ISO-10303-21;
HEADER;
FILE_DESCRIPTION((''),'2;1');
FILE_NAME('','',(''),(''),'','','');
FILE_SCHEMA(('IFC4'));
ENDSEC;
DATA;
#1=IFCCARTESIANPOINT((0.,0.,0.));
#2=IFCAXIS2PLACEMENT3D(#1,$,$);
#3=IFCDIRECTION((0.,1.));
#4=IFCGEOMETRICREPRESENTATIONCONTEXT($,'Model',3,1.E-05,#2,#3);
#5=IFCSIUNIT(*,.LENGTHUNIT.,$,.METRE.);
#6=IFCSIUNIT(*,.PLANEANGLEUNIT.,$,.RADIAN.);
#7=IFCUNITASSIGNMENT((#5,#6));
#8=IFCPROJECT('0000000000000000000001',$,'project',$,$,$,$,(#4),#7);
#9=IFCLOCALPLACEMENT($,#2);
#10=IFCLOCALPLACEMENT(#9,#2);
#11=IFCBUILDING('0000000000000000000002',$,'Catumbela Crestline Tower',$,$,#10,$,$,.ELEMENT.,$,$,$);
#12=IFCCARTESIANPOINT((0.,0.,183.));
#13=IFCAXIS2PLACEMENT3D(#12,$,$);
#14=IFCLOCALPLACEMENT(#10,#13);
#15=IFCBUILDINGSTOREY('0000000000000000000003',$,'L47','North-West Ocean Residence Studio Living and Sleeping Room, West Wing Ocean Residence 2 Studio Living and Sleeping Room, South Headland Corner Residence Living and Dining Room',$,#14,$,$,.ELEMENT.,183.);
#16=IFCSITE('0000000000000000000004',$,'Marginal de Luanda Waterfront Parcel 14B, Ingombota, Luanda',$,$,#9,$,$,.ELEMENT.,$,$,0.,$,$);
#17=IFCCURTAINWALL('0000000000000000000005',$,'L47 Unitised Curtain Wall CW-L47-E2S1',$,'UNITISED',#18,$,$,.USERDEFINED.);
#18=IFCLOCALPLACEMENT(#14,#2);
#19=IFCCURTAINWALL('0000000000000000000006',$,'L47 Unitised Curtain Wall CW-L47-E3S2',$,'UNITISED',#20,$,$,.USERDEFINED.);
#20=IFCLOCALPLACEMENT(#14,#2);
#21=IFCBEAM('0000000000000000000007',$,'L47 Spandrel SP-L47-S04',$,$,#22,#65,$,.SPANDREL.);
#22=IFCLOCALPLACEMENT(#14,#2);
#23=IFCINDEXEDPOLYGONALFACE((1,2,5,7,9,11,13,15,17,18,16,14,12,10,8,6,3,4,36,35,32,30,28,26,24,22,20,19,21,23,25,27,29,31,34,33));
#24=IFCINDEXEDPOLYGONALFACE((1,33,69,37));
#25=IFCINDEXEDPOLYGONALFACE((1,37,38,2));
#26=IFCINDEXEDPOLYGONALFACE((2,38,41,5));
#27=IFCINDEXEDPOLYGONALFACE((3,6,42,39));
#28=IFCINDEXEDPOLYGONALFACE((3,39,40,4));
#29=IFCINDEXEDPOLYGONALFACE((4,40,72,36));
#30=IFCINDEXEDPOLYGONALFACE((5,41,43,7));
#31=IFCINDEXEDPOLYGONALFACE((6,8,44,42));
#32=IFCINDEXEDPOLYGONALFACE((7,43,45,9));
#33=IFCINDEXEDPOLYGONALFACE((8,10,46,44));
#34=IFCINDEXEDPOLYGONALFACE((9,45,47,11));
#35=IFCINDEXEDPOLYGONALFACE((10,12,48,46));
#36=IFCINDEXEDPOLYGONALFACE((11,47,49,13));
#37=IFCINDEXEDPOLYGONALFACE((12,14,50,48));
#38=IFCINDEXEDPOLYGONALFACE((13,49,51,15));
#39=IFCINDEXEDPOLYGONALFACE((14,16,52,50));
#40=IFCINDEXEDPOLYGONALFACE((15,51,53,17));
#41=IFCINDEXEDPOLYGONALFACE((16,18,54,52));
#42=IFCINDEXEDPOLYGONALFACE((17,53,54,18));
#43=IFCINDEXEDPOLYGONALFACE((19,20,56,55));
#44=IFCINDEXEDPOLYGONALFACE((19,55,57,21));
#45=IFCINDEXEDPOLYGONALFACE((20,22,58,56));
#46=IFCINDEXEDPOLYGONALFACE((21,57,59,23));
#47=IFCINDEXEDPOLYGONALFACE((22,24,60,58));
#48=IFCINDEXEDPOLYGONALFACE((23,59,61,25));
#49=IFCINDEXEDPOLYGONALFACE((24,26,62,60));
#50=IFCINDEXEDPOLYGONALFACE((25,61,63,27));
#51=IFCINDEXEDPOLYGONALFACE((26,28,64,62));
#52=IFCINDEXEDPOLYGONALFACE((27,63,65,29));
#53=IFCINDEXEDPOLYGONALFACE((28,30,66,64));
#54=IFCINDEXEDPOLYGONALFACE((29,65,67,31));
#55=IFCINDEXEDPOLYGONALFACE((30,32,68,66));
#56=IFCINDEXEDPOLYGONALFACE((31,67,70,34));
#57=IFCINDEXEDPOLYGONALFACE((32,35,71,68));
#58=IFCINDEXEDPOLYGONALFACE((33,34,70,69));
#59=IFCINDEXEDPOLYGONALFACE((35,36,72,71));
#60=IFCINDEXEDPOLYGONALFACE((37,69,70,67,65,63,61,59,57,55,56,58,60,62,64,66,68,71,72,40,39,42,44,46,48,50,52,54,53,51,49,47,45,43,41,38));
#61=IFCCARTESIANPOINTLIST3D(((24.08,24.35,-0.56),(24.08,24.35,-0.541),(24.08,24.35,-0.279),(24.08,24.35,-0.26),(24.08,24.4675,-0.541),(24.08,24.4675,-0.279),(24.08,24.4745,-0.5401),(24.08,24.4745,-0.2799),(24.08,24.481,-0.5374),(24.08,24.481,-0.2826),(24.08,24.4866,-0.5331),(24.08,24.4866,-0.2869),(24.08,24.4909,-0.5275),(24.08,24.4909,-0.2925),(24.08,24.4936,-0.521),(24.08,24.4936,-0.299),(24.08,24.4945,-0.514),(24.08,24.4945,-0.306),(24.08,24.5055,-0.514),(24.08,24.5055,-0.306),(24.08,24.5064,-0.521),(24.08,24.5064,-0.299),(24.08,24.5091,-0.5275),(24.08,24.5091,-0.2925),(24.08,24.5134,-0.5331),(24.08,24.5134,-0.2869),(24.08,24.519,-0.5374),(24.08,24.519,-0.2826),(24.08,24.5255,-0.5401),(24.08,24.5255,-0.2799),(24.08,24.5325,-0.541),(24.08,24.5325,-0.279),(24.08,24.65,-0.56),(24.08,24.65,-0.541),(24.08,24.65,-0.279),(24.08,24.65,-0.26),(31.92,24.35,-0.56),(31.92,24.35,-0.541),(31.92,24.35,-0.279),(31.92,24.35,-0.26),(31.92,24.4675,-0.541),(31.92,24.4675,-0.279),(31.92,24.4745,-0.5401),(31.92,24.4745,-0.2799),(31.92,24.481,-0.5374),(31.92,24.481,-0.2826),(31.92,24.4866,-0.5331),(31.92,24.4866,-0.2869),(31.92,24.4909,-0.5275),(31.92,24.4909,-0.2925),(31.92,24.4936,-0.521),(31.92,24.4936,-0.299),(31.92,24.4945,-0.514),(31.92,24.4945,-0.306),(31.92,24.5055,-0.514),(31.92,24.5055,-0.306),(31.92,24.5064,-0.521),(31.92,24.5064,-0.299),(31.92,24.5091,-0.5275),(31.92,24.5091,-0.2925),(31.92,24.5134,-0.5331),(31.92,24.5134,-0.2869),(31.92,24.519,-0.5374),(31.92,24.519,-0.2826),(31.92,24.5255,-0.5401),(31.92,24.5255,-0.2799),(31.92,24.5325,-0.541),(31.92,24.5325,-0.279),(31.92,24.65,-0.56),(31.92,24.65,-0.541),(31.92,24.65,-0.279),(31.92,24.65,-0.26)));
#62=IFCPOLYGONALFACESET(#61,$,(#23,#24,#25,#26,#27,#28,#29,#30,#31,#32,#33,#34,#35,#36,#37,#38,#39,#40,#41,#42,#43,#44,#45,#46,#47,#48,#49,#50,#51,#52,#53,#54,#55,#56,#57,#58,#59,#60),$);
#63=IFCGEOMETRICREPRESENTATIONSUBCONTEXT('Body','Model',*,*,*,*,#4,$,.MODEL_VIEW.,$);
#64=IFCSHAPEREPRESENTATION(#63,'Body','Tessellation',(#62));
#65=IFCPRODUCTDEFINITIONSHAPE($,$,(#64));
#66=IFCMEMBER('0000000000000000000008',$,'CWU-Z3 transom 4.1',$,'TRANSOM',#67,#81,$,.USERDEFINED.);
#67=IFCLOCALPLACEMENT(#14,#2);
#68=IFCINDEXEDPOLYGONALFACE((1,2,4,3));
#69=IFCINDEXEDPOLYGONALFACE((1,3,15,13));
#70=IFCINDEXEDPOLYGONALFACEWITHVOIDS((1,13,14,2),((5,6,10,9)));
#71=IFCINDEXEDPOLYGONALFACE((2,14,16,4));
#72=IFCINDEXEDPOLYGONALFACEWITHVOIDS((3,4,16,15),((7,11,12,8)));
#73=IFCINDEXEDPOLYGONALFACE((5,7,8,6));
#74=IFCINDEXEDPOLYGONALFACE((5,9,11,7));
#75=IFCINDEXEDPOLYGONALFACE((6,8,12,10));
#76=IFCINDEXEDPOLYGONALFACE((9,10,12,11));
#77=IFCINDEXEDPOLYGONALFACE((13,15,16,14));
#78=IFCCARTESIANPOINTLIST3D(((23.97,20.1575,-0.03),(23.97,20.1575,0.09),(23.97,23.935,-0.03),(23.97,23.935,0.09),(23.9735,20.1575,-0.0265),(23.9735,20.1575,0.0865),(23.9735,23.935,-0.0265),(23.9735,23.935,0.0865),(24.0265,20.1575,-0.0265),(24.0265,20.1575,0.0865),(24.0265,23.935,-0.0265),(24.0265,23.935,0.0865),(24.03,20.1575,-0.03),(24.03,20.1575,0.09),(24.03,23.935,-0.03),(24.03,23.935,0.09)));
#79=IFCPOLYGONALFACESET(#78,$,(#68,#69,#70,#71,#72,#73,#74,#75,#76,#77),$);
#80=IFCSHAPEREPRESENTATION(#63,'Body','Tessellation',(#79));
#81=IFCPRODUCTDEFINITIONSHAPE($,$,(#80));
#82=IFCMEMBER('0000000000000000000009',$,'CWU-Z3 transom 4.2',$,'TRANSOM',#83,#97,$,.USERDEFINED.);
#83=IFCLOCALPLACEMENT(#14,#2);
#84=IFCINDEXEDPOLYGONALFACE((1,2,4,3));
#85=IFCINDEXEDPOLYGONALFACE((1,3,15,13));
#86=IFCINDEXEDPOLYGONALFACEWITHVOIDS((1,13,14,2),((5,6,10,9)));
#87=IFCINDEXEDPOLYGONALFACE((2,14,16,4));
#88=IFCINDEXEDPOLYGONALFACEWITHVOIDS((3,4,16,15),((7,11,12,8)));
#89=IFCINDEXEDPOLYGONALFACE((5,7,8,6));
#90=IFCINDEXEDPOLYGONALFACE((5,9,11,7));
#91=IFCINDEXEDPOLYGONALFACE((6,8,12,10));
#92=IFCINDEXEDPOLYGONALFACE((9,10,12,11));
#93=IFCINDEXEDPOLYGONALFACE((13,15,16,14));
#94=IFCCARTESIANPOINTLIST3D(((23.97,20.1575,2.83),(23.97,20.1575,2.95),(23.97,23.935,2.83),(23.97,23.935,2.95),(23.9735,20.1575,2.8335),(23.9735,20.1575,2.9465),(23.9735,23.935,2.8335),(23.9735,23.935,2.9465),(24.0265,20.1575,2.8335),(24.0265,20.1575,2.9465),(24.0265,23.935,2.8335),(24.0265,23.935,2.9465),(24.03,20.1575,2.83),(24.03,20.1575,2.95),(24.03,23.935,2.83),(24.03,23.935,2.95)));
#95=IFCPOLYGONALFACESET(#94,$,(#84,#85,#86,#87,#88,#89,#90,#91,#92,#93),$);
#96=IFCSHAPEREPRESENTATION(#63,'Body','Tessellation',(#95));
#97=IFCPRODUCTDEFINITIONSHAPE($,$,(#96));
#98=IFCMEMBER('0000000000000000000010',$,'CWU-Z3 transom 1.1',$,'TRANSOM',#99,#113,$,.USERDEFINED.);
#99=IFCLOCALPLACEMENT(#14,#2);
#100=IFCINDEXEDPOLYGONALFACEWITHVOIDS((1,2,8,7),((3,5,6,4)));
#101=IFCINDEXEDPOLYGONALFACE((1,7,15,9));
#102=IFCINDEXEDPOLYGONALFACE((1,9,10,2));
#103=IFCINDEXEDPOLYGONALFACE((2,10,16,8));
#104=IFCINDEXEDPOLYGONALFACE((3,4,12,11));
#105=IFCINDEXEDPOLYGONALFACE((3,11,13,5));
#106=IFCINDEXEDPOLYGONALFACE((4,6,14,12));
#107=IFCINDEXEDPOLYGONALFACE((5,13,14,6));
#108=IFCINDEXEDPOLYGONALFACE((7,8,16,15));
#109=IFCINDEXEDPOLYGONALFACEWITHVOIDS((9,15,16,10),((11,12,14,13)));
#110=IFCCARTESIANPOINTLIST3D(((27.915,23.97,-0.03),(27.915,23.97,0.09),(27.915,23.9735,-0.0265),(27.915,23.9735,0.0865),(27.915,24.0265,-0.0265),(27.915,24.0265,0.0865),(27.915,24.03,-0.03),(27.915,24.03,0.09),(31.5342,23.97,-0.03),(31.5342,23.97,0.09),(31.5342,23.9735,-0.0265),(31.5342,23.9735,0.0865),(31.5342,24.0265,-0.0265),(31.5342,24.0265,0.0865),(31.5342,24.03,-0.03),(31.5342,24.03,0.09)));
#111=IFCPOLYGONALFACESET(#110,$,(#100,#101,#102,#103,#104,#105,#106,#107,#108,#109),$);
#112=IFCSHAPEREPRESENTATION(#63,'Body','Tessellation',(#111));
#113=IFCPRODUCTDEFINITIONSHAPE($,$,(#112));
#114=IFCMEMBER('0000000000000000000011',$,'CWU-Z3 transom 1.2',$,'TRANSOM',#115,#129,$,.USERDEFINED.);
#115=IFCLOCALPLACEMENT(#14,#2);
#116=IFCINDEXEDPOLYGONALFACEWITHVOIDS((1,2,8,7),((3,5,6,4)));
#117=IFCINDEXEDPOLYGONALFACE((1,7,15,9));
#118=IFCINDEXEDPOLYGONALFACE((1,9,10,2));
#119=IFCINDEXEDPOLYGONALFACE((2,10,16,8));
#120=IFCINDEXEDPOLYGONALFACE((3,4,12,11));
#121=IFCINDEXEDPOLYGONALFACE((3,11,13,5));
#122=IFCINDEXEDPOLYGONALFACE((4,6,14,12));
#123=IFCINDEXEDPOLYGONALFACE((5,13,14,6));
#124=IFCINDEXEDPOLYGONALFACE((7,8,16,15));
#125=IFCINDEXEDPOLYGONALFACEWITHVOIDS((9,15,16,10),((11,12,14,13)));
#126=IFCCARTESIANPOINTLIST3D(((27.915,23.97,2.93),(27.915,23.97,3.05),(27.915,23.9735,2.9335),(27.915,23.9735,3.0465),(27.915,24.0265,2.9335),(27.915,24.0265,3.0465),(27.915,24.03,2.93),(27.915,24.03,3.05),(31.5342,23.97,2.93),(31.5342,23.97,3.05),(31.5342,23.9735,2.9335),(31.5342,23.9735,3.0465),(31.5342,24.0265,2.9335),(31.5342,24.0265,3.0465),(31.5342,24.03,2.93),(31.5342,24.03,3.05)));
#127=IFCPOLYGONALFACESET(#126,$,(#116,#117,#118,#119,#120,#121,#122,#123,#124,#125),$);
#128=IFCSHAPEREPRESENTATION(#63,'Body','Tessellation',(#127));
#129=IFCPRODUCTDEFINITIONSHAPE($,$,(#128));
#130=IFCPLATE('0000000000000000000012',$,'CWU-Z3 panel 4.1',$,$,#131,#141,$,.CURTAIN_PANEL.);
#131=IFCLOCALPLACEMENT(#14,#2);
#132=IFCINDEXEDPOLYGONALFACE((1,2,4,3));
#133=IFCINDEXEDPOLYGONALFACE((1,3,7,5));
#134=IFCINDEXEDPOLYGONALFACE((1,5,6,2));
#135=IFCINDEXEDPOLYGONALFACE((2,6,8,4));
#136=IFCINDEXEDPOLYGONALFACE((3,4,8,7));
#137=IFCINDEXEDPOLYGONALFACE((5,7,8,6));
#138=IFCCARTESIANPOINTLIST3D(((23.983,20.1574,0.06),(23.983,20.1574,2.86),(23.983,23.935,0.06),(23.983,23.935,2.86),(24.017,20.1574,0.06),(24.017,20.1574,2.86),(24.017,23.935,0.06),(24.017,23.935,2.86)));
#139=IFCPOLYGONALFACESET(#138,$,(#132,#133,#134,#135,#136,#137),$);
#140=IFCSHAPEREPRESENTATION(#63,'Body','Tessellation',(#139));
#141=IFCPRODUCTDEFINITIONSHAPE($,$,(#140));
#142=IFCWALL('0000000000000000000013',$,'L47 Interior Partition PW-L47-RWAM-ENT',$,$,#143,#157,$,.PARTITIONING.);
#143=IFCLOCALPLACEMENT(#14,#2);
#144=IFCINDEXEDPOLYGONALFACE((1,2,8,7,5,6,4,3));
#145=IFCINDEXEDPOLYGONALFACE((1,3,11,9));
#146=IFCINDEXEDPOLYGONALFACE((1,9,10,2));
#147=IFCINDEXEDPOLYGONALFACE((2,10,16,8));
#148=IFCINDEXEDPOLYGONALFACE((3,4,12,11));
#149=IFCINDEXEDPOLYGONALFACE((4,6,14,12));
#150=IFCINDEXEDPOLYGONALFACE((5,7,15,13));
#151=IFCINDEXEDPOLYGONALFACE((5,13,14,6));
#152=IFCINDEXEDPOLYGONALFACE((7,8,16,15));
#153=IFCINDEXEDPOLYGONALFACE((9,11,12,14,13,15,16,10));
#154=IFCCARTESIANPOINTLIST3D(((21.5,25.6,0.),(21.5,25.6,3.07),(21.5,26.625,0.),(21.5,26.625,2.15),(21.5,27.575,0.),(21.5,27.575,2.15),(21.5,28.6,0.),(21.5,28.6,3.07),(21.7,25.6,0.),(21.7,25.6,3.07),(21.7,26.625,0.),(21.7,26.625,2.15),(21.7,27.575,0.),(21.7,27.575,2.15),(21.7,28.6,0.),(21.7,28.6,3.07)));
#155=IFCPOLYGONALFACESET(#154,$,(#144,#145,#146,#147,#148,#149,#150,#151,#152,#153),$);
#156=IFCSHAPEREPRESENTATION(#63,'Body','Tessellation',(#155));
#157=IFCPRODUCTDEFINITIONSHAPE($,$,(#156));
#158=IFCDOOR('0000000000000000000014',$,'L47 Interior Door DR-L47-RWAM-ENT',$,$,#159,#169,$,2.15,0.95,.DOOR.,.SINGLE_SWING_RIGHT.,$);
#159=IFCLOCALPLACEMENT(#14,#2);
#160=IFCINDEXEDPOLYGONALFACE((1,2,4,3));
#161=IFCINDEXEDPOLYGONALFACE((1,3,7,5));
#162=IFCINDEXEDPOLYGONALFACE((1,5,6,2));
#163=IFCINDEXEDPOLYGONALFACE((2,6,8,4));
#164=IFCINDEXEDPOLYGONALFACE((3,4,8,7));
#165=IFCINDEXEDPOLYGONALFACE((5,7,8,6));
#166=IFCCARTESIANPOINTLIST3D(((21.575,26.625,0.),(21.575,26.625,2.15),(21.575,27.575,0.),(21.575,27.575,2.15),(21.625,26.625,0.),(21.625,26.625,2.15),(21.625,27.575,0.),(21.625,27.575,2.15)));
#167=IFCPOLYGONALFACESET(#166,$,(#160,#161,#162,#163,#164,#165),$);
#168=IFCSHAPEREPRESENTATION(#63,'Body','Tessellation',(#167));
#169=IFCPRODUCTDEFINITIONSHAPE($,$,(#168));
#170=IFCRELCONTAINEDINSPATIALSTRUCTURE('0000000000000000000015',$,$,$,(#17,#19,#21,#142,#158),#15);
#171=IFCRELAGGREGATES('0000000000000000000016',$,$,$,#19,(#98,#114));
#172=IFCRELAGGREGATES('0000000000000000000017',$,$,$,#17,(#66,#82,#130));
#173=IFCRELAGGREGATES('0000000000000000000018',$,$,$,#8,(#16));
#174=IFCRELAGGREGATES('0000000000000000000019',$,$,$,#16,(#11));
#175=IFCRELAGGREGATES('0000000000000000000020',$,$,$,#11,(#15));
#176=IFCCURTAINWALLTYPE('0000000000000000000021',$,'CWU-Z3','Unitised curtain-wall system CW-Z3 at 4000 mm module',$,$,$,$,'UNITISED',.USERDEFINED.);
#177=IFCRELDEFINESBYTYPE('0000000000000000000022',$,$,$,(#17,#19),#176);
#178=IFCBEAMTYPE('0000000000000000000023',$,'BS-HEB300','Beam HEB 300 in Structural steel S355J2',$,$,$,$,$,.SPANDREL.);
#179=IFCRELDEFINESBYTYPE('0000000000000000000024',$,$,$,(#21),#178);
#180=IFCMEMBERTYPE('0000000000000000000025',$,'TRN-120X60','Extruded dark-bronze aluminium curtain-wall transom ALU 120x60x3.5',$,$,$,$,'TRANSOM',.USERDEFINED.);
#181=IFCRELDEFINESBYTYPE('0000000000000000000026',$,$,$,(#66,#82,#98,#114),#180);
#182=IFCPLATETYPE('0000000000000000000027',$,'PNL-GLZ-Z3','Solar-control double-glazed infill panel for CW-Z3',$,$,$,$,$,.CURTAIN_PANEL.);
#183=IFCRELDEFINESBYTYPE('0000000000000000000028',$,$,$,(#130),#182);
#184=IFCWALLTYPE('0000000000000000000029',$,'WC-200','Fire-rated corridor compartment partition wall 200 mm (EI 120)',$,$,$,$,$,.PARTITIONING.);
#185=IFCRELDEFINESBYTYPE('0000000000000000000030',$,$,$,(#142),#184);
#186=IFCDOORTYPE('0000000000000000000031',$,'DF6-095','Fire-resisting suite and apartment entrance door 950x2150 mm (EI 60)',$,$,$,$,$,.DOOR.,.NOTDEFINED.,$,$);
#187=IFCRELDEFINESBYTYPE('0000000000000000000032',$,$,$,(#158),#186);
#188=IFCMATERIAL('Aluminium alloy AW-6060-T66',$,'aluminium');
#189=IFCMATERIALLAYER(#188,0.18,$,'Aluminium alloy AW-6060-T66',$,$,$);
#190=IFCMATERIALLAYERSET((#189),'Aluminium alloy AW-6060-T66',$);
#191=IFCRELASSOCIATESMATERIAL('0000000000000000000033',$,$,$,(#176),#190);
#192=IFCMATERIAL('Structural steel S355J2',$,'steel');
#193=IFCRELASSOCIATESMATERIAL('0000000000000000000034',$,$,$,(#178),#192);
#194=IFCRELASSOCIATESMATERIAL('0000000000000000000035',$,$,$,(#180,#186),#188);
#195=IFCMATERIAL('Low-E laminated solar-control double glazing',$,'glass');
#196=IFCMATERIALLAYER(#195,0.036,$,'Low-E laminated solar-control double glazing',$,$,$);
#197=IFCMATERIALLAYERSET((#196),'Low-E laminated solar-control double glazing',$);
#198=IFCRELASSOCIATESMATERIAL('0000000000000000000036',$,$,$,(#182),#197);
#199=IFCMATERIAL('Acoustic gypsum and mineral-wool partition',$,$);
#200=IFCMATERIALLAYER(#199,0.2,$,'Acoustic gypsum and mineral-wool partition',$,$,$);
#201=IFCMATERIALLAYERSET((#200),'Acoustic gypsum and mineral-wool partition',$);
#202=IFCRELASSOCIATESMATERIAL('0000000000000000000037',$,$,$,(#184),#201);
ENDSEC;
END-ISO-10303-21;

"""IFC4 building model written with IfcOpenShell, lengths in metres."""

from ifc_helpers import new_model, si_unit, direction, frame, frame_2d, origin, origin_2d, place, context, subcontext, project, spatial, rectangle, hollow_rectangle, i_section, extrude, material, layer, layer_set, material_profile, profile_set, type_object, element, fill, aggregate, save


model = new_model("IFC4")

# Units and contexts
model_context = context("Model", 3, precision=1e-05, world=origin(), true_north=direction((0.0, 1.0)))
body_context = subcontext(model_context, "Body", "Model", "MODEL_VIEW")
ifc_project = project(units=[si_unit("LENGTHUNIT", "METRE"), si_unit("PLANEANGLEUNIT", "RADIAN")], contexts=[model_context])

# Site, building, storey
site_placement = place(None, origin())
site = spatial("IfcSite", under=ifc_project, at=site_placement, Name="Marginal de Luanda Waterfront Parcel 14B, Ingombota, Luanda", CompositionType="ELEMENT", RefElevation=0.0)
building_placement = place(site_placement, origin())
building = spatial("IfcBuilding", under=site, at=building_placement, Name="Catumbela Crestline Tower", CompositionType="ELEMENT")
storey_placement = place(building_placement, frame((0.0, 0.0, 183.0)))
storey = spatial("IfcBuildingStorey", under=building, at=storey_placement, Name="L47", Description="North-West Ocean Residence Studio Living and Sleeping Room, West Wing Ocean Residence 2 Studio Living and Sleeping Room, South Headland Corner Residence Living and Dining Room", CompositionType="ELEMENT", Elevation=183.0)

# Shared definitions
ifc_material_1 = material(Name="Structural steel S355J2", Category="steel")

# Curtain walls
ifc_material_2 = material(Name="Aluminium alloy AW-6060-T66", Category="aluminium")
ifc_layer_1 = layer(ifc_material_2, 0.18, Name="Aluminium alloy AW-6060-T66")
ifc_layer_set_1 = layer_set([ifc_layer_1], Name="Aluminium alloy AW-6060-T66")
curtain_wall_type = type_object("IfcCurtainWallType", Name="CWU-Z3", Description="Unitised curtain-wall system CW-Z3 at 4000 mm module", ElementType="UNITISED", PredefinedType="USERDEFINED", material=ifc_layer_set_1)
curtain_wall_1_placement = place(storey_placement, origin())
curtain_wall_1 = element("IfcCurtainWall", 1, at=curtain_wall_1_placement, inside=storey, type_object=curtain_wall_type, Name="L47 Unitised Curtain Wall CW-L47-E2S1", ObjectType="UNITISED", PredefinedType="USERDEFINED")
curtain_wall_2_placement = place(storey_placement, origin())
curtain_wall_2 = element("IfcCurtainWall", 2, at=curtain_wall_2_placement, inside=storey, type_object=curtain_wall_type, Name="L47 Unitised Curtain Wall CW-L47-E3S2", ObjectType="UNITISED", PredefinedType="USERDEFINED")

# Beam
ifc_material_profile_1 = material_profile(ifc_material_1, i_section(OverallWidth=0.3, OverallDepth=0.3, WebThickness=0.011, FlangeThickness=0.019, FilletRadius=0.027, at=origin_2d()), Name="HEB 300")
ifc_profile_set_1 = profile_set([ifc_material_profile_1], Name="Structural steel S355J2")
beam_type_1 = type_object("IfcBeamType", Name="BS-HEB300", Description="Beam HEB 300 in Structural steel S355J2", PredefinedType="SPANDREL", material=ifc_profile_set_1)
beam_1_placement = place(storey_placement, frame((24.08, 24.5, -0.41), z_axis=(1.0, 0.0, 0.0), x_axis=(0.0, 1.0, 0.0)))
element("IfcBeam", 3, at=beam_1_placement, inside=storey, type_object=beam_type_1, Name="L47 Spandrel SP-L47-S04", PredefinedType="SPANDREL", context=body_context, shape_type="SweptSolid", body=[
    extrude(i_section(OverallWidth=0.3, OverallDepth=0.3, WebThickness=0.011, FlangeThickness=0.019, FilletRadius=0.027, at=origin_2d()), origin(), (0.0, 0.0, 1.0), 7.84),
])

# Members
ifc_material_profile_2 = material_profile(ifc_material_2, hollow_rectangle(XDim=0.06, YDim=0.12, WallThickness=0.0035, at=origin_2d()), Name="ALU 120x60x3.5")
ifc_profile_set_2 = profile_set([ifc_material_profile_2], Name="Aluminium alloy AW-6060-T66")
member_type_1 = type_object("IfcMemberType", Name="TRN-120X60", Description="Extruded dark-bronze aluminium curtain-wall transom ALU 120x60x3.5", ElementType="TRANSOM", PredefinedType="USERDEFINED", material=ifc_profile_set_2)
member_1_placement = place(storey_placement, frame((24.0, 20.1575, 0.03), z_axis=(0.0, 1.0, 0.0), x_axis=(-1.0, 0.0, 0.0)))
member_1 = element("IfcMember", 4, at=member_1_placement, type_object=member_type_1, Name="CWU-Z3 transom 4.1", ObjectType="TRANSOM", PredefinedType="USERDEFINED", context=body_context, shape_type="SweptSolid", body=[
    extrude(hollow_rectangle(XDim=0.06, YDim=0.12, WallThickness=0.0035, at=origin_2d()), origin(), (0.0, 0.0, 1.0), 3.7775),
])
member_2_placement = place(storey_placement, frame((24.0, 20.1575, 2.89), z_axis=(0.0, 1.0, 0.0), x_axis=(-1.0, 0.0, 0.0)))
member_2 = element("IfcMember", 5, at=member_2_placement, type_object=member_type_1, Name="CWU-Z3 transom 4.2", ObjectType="TRANSOM", PredefinedType="USERDEFINED", context=body_context, shape_type="SweptSolid", body=[
    extrude(hollow_rectangle(XDim=0.06, YDim=0.12, WallThickness=0.0035, at=origin_2d()), origin(), (0.0, 0.0, 1.0), 3.7775),
])
member_3_placement = place(storey_placement, frame((27.915, 24.0, 0.03), z_axis=(1.0, 0.0, 0.0), x_axis=(0.0, 1.0, 0.0)))
member_3 = element("IfcMember", 6, at=member_3_placement, type_object=member_type_1, Name="CWU-Z3 transom 1.1", ObjectType="TRANSOM", PredefinedType="USERDEFINED", context=body_context, shape_type="SweptSolid", body=[
    extrude(hollow_rectangle(XDim=0.06, YDim=0.12, WallThickness=0.0035, at=origin_2d()), origin(), (0.0, 0.0, 1.0), 3.6192),
])
member_4_placement = place(storey_placement, frame((27.915, 24.0, 2.99), z_axis=(1.0, 0.0, 0.0), x_axis=(0.0, 1.0, 0.0)))
member_4 = element("IfcMember", 7, at=member_4_placement, type_object=member_type_1, Name="CWU-Z3 transom 1.2", ObjectType="TRANSOM", PredefinedType="USERDEFINED", context=body_context, shape_type="SweptSolid", body=[
    extrude(hollow_rectangle(XDim=0.06, YDim=0.12, WallThickness=0.0035, at=origin_2d()), origin(), (0.0, 0.0, 1.0), 3.6192),
])
aggregate(curtain_wall_2, [member_3, member_4])

# Plate
ifc_material_3 = material(Name="Low-E laminated solar-control double glazing", Category="glass")
ifc_layer_2 = layer(ifc_material_3, 0.036, Name="Low-E laminated solar-control double glazing")
ifc_layer_set_2 = layer_set([ifc_layer_2], Name="Low-E laminated solar-control double glazing")
plate_type = type_object("IfcPlateType", Name="PNL-GLZ-Z3", Description="Solar-control double-glazed infill panel for CW-Z3", PredefinedType="CURTAIN_PANEL", material=ifc_layer_set_2)
plate_placement = place(storey_placement, frame((24.0, 22.0462, 0.06), z_axis=(0.0, 0.0, 1.0), x_axis=(0.0, 1.0, 0.0)))
plate = element("IfcPlate", 8, at=plate_placement, type_object=plate_type, Name="CWU-Z3 panel 4.1", PredefinedType="CURTAIN_PANEL", context=body_context, shape_type="SweptSolid", body=[
    extrude(rectangle(XDim=3.7775, YDim=0.034, at=origin_2d()), origin(), (0.0, 0.0, 1.0), 2.8),
])
aggregate(curtain_wall_1, [member_1, member_2, plate])

# Wall, opening, door
ifc_material_4 = material(Name="Acoustic gypsum and mineral-wool partition")
ifc_layer_3 = layer(ifc_material_4, 0.2, Name="Acoustic gypsum and mineral-wool partition")
ifc_layer_set_3 = layer_set([ifc_layer_3], Name="Acoustic gypsum and mineral-wool partition")
wall_type_1 = type_object("IfcWallType", Name="WC-200", Description="Fire-rated corridor compartment partition wall 200 mm (EI 120)", PredefinedType="PARTITIONING", material=ifc_layer_set_3)
wall_1_placement = place(storey_placement, frame((21.6, 25.6, 0.0), z_axis=(0.0, 0.0, 1.0), x_axis=(0.0, 1.0, 0.0)))
wall_1 = element("IfcWall", 9, at=wall_1_placement, inside=storey, type_object=wall_type_1, Name="L47 Interior Partition PW-L47-RWAM-ENT", PredefinedType="PARTITIONING", context=body_context, shape_type="SweptSolid", body=[
    extrude(rectangle(XDim=3.0, YDim=0.2, at=frame_2d((1.5, 0.0))), origin(), (0.0, 0.0, 1.0), 3.07),
])
opening_1_placement = place(wall_1_placement, frame((1.025, 0.0, 0.0)))
opening_1 = element("IfcOpeningElement", 10, at=opening_1_placement, cuts=wall_1, PredefinedType="OPENING", context=body_context, shape_type="SweptSolid", body=[
    extrude(rectangle(XDim=0.95, YDim=2.15, at=frame_2d((0.475, 1.075))), frame((0.0, 0.11, 0.0), z_axis=(0.0, -1.0, 0.0), x_axis=(1.0, 0.0, 0.0)), (0.0, 0.0, 1.0), 0.22),
])
door_type_1 = type_object("IfcDoorType", Name="DF6-095", Description="Fire-resisting suite and apartment entrance door 950x2150 mm (EI 60)", OperationType="NOTDEFINED", PredefinedType="DOOR", material=ifc_material_2)
door_1_placement = place(opening_1_placement, origin())
door_1 = element("IfcDoor", 11, at=door_1_placement, inside=storey, type_object=door_type_1, Name="L47 Interior Door DR-L47-RWAM-ENT", OperationType="SINGLE_SWING_RIGHT", OverallHeight=2.15, OverallWidth=0.95, PredefinedType="DOOR", context=body_context, shape_type="SweptSolid", body=[
    extrude(rectangle(XDim=0.95, YDim=2.15, at=frame_2d((0.475, 1.075))), frame((0.0, 0.025, 0.0), z_axis=(0.0, -1.0, 0.0), x_axis=(1.0, 0.0, 0.0)), (0.0, 0.0, 1.0), 0.05),
])
fill(opening_1, door_1)

save(model, "model.ifc")
